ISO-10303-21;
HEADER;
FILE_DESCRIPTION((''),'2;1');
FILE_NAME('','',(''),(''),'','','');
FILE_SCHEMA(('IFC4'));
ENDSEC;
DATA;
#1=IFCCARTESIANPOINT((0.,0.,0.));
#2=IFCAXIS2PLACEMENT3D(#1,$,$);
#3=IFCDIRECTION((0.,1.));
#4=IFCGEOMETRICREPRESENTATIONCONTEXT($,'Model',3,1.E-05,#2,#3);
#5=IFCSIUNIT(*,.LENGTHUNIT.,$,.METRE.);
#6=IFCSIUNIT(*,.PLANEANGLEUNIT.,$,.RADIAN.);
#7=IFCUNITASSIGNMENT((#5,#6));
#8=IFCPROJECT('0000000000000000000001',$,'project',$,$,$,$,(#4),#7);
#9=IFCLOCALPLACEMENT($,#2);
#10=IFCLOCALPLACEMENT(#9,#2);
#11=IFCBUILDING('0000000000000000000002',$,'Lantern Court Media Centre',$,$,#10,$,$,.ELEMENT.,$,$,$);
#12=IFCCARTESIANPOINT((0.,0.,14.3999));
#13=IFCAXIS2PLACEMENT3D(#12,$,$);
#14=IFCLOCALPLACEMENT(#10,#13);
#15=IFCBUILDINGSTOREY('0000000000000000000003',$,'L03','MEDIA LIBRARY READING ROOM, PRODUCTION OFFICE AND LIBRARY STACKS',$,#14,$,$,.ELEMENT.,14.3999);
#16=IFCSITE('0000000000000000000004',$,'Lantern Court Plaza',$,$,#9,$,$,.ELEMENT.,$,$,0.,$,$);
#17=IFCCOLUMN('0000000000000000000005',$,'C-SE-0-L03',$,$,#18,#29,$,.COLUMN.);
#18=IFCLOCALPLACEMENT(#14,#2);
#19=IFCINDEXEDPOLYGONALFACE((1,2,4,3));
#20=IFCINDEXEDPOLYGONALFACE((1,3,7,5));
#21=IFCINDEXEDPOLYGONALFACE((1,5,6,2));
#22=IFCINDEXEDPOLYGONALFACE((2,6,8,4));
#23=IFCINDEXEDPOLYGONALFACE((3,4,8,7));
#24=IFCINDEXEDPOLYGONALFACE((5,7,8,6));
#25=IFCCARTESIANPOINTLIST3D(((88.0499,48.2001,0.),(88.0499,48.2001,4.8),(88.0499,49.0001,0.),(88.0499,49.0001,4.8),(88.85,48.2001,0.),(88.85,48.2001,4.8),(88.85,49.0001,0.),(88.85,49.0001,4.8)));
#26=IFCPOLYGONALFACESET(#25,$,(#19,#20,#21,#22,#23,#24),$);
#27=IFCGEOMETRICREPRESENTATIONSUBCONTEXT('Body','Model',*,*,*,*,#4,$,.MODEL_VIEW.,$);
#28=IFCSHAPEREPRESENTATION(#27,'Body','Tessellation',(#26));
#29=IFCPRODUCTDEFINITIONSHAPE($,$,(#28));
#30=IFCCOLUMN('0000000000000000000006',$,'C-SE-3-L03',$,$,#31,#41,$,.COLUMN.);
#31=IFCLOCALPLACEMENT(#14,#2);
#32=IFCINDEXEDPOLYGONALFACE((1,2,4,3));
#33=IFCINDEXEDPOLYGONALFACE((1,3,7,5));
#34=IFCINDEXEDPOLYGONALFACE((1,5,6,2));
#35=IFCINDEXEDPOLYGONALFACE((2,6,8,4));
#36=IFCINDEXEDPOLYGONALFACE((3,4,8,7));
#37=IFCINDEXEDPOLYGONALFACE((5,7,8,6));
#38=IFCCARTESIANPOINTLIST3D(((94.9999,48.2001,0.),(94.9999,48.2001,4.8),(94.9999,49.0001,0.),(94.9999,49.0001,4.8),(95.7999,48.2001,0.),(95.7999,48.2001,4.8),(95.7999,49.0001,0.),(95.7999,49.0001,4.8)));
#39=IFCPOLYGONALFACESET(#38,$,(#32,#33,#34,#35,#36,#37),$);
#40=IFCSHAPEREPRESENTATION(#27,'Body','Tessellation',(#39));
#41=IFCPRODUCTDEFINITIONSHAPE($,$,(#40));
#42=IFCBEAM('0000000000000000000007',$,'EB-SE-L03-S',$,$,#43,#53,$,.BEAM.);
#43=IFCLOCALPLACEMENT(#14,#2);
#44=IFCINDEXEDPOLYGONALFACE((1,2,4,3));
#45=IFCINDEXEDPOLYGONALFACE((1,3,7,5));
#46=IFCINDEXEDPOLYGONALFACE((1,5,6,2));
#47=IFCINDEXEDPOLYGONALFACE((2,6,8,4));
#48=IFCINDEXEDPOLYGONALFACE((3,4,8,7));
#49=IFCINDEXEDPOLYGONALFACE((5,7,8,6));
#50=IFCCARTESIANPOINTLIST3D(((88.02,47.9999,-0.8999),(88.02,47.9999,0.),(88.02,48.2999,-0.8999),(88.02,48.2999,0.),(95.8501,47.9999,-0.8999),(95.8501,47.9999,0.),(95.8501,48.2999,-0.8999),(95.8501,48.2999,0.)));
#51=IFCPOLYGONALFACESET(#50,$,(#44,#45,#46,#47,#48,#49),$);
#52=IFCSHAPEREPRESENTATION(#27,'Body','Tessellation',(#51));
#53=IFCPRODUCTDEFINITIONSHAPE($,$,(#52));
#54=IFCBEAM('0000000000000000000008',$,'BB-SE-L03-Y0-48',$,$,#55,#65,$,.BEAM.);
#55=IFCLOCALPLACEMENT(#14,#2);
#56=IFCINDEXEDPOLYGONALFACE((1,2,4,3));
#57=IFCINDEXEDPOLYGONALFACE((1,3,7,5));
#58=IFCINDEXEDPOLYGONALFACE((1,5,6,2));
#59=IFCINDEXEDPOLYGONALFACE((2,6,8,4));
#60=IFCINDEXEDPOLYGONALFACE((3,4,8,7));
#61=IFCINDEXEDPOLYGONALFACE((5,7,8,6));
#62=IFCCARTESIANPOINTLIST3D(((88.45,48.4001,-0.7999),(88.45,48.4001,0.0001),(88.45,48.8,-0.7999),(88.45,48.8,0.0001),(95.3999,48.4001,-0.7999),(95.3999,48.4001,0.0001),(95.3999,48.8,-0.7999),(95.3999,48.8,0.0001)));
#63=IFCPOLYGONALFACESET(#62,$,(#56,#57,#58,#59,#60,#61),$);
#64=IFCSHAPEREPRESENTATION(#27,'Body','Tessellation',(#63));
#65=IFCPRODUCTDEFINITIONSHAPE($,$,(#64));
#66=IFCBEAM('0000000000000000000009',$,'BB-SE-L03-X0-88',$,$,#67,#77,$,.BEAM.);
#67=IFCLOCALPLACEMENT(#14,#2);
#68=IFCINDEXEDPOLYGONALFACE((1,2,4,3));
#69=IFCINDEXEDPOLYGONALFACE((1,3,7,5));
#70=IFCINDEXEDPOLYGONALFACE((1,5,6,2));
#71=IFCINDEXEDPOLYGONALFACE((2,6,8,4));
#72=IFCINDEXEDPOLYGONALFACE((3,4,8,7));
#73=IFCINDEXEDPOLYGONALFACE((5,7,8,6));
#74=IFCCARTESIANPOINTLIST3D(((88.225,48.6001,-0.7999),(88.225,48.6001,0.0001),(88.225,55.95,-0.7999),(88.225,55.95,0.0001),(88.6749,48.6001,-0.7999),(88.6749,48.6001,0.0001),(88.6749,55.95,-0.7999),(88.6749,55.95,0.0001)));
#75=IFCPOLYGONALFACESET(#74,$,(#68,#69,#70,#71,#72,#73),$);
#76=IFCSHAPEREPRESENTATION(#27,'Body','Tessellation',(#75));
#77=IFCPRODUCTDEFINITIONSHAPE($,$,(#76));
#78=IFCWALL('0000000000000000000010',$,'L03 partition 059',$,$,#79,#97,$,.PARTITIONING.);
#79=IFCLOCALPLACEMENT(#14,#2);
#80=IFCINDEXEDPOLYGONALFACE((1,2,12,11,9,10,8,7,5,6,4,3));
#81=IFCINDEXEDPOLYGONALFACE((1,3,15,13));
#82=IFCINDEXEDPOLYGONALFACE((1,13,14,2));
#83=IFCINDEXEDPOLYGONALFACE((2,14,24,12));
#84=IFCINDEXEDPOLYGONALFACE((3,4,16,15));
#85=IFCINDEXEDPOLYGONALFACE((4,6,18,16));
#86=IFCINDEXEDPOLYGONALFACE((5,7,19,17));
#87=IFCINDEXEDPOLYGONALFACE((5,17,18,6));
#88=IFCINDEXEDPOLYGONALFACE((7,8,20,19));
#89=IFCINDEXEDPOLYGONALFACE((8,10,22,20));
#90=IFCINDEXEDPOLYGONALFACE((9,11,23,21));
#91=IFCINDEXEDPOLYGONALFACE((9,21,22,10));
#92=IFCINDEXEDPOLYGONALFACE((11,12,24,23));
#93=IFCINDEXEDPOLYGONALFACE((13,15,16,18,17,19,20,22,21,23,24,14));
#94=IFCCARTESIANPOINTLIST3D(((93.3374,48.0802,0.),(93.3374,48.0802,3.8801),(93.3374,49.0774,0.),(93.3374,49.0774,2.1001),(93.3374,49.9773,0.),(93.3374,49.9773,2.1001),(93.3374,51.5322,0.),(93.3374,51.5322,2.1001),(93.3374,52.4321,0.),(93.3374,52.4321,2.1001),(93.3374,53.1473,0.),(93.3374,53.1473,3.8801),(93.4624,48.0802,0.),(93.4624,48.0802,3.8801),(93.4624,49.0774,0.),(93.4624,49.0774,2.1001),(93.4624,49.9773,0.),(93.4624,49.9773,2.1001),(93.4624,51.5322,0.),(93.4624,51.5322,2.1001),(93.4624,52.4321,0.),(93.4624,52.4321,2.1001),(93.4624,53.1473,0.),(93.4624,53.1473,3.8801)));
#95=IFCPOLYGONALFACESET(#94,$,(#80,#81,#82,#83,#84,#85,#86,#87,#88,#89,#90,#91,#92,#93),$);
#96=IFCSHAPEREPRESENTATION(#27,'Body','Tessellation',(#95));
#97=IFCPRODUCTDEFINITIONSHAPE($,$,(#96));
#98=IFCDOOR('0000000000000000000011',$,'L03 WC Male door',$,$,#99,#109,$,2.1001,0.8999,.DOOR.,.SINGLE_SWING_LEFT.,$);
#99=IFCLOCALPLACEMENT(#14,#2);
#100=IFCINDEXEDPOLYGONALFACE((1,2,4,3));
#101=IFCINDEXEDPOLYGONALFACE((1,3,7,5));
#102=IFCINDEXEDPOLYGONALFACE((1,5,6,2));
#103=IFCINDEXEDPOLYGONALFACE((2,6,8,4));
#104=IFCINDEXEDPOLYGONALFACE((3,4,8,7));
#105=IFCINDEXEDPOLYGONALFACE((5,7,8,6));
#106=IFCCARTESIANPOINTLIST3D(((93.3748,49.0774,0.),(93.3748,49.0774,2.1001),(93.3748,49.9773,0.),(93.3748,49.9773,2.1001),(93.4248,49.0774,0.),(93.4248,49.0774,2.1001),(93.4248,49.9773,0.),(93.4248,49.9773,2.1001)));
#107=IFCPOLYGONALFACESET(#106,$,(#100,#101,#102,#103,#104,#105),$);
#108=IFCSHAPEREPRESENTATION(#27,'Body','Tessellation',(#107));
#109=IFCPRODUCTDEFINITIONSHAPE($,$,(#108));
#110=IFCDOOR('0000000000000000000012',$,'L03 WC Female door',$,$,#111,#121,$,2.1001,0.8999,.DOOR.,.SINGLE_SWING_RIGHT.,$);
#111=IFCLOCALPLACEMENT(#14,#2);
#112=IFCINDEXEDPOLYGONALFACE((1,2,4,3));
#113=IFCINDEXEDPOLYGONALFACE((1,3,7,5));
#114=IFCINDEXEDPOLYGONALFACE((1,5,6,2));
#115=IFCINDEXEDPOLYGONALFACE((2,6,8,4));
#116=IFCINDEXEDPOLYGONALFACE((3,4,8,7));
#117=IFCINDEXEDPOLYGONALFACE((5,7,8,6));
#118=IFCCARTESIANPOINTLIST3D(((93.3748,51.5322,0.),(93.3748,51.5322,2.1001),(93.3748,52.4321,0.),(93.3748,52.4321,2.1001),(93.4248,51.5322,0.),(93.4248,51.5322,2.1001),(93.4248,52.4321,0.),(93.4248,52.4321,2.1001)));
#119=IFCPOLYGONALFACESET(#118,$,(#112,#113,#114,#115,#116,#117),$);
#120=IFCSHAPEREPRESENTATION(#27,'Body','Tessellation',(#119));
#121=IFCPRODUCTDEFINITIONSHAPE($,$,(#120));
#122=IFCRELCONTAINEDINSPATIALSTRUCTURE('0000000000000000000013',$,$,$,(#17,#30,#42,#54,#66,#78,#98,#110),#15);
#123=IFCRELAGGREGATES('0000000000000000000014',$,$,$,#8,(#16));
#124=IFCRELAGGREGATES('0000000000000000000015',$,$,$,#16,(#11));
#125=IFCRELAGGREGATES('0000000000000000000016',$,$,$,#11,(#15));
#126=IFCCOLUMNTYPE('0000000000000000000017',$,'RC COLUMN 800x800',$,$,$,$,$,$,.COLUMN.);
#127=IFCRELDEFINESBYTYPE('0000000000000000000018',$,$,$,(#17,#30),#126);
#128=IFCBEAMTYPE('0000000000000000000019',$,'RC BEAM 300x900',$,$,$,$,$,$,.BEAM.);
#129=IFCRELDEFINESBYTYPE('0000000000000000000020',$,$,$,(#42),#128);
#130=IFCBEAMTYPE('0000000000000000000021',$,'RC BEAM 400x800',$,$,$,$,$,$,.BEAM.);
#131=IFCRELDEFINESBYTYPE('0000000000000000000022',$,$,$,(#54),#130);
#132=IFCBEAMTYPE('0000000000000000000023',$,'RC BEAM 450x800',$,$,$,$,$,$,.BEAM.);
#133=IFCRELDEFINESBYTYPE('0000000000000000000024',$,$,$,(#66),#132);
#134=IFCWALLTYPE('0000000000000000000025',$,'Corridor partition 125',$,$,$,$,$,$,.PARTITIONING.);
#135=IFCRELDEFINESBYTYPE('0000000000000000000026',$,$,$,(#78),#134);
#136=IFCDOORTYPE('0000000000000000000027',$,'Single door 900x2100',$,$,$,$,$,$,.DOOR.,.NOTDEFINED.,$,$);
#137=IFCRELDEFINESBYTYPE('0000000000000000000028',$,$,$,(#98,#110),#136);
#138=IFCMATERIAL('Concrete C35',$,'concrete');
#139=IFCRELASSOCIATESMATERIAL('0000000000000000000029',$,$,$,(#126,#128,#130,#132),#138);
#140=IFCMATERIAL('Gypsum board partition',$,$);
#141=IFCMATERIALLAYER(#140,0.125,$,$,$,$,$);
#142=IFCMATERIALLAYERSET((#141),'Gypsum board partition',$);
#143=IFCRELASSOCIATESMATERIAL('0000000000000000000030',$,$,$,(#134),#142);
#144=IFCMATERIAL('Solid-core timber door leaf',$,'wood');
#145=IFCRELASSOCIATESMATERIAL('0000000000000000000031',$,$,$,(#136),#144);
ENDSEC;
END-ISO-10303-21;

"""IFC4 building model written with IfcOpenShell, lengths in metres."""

from ifc_helpers import new_model, si_unit, direction, frame, frame_2d, origin, origin_2d, place, context, subcontext, project, spatial, rectangle, extrude, material, layer, layer_set, material_profile, profile_set, type_object, element, fill, save


model = new_model("IFC4")

# Units and contexts
model_context = context("Model", 3, precision=1e-05, world=origin(), true_north=direction((0.0, 1.0)))
body_context = subcontext(model_context, "Body", "Model", "MODEL_VIEW")
ifc_project = project(units=[si_unit("LENGTHUNIT", "METRE"), si_unit("PLANEANGLEUNIT", "RADIAN")], contexts=[model_context])

# Site, building, storey
site_placement = place(None, origin())
site = spatial("IfcSite", under=ifc_project, at=site_placement, Name="Lantern Court Plaza", CompositionType="ELEMENT", RefElevation=0.0)
building_placement = place(site_placement, origin())
building = spatial("IfcBuilding", under=site, at=building_placement, Name="Lantern Court Media Centre", CompositionType="ELEMENT")
storey_placement = place(building_placement, frame((0.0, 0.0, 14.3999)))
storey = spatial("IfcBuildingStorey", under=building, at=storey_placement, Name="L03", Description="MEDIA LIBRARY READING ROOM, PRODUCTION OFFICE AND LIBRARY STACKS", CompositionType="ELEMENT", Elevation=14.3999)

# Columns
ifc_material_1 = material(Name="Concrete C35", Category="concrete")
ifc_material_profile_1 = material_profile(ifc_material_1, rectangle(XDim=0.8, YDim=0.8, at=origin_2d()), Name="RC 800x800")
ifc_profile_set_1 = profile_set([ifc_material_profile_1], Name="Concrete C35")
column_type = type_object("IfcColumnType", Name="RC COLUMN 800x800", PredefinedType="COLUMN", material=ifc_profile_set_1)
for number, where, z_axis, x_axis, name in (
    (1, (88.45, 48.6001, 0.0), (0.0, 0.0, 1.0), (1.0, 0.0, 0.0), "C-SE-0-L03"),
    (2, (95.3999, 48.6001, 0.0), (0.0, 0.0, 1.0), (1.0, 0.0, 0.0), "C-SE-3-L03"),
):
    element("IfcColumn", number, at=place(storey_placement, frame(where, z_axis=z_axis, x_axis=x_axis)), inside=storey, type_object=column_type, Name=name, PredefinedType="COLUMN", context=body_context, shape_type="SweptSolid", body=[
        extrude(rectangle(XDim=0.8, YDim=0.8, at=origin_2d()), origin(), (0.0, 0.0, 1.0), 4.8),
    ])

# Beams
ifc_material_profile_2 = material_profile(ifc_material_1, rectangle(XDim=0.3, YDim=0.8999, at=origin_2d()), Name="RC 300x900")
ifc_profile_set_2 = profile_set([ifc_material_profile_2], Name="Concrete C35")
beam_type_1 = type_object("IfcBeamType", Name="RC BEAM 300x900", PredefinedType="BEAM", material=ifc_profile_set_2)
beam_1_placement = place(storey_placement, frame((88.02, 48.1499, -0.45), z_axis=(1.0, 0.0, 0.0), x_axis=(0.0, 1.0, 0.0)))
element("IfcBeam", 3, at=beam_1_placement, inside=storey, type_object=beam_type_1, Name="EB-SE-L03-S", PredefinedType="BEAM", context=body_context, shape_type="SweptSolid", body=[
    extrude(rectangle(XDim=0.3, YDim=0.8999, at=origin_2d()), origin(), (0.0, 0.0, 1.0), 7.8301),
])
ifc_material_profile_3 = material_profile(ifc_material_1, rectangle(XDim=0.3999, YDim=0.8, at=origin_2d()), Name="RC 400x800")
ifc_profile_set_3 = profile_set([ifc_material_profile_3], Name="Concrete C35")
beam_type_2 = type_object("IfcBeamType", Name="RC BEAM 400x800", PredefinedType="BEAM", material=ifc_profile_set_3)
beam_2_placement = place(storey_placement, frame((88.45, 48.6001, -0.3999), z_axis=(1.0, 0.0, 0.0), x_axis=(0.0, 1.0, 0.0)))
element("IfcBeam", 4, at=beam_2_placement, inside=storey, type_object=beam_type_2, Name="BB-SE-L03-Y0-48", PredefinedType="BEAM", context=body_context, shape_type="SweptSolid", body=[
    extrude(rectangle(XDim=0.3999, YDim=0.8, at=origin_2d()), origin(), (0.0, 0.0, 1.0), 6.95),
])
ifc_material_profile_4 = material_profile(ifc_material_1, rectangle(XDim=0.45, YDim=0.8, at=origin_2d()), Name="RC 450x800")
ifc_profile_set_4 = profile_set([ifc_material_profile_4], Name="Concrete C35")
beam_type_3 = type_object("IfcBeamType", Name="RC BEAM 450x800", PredefinedType="BEAM", material=ifc_profile_set_4)
beam_3_placement = place(storey_placement, frame((88.45, 48.6001, -0.3999), z_axis=(0.0, 1.0, 0.0), x_axis=(-1.0, 0.0, 0.0)))
element("IfcBeam", 5, at=beam_3_placement, inside=storey, type_object=beam_type_3, Name="BB-SE-L03-X0-88", PredefinedType="BEAM", context=body_context, shape_type="SweptSolid", body=[
    extrude(rectangle(XDim=0.45, YDim=0.8, at=origin_2d()), origin(), (0.0, 0.0, 1.0), 7.3499),
])

# Wall, openings, doors
ifc_material_2 = material(Name="Gypsum board partition")
ifc_layer_1 = layer(ifc_material_2, 0.125)
ifc_layer_set_1 = layer_set([ifc_layer_1], Name="Gypsum board partition")
wall_type_1 = type_object("IfcWallType", Name="Corridor partition 125", PredefinedType="PARTITIONING", material=ifc_layer_set_1)
wall_1_placement = place(storey_placement, frame((93.3999, 48.0801, 0.0), z_axis=(0.0, 0.0, 1.0), x_axis=(0.0, 1.0, 0.0)))
wall_1 = element("IfcWall", 6, at=wall_1_placement, inside=storey, type_object=wall_type_1, Name="L03 partition 059", PredefinedType="PARTITIONING", context=body_context, shape_type="SweptSolid", body=[
    extrude(rectangle(XDim=5.0671, YDim=0.125, at=frame_2d((2.5337, 0.0))), origin(), (0.0, 0.0, 1.0), 3.8801),
])
opening_1_placement = place(wall_1_placement, frame((0.9973, 0.0, 0.0)))
opening_1 = element("IfcOpeningElement", 7, at=opening_1_placement, cuts=wall_1, PredefinedType="OPENING", context=body_context, shape_type="SweptSolid", body=[
    extrude(rectangle(XDim=0.8999, YDim=2.1001, at=frame_2d((0.45, 1.05))), frame((0.0, 0.0725, 0.0), z_axis=(0.0, -1.0, 0.0), x_axis=(1.0, 0.0, 0.0)), (0.0, 0.0, 1.0), 0.145),
])
opening_2_placement = place(wall_1_placement, frame((3.4521, 0.0, 0.0)))
opening_2 = element("IfcOpeningElement", 8, at=opening_2_placement, cuts=wall_1, PredefinedType="OPENING", context=body_context, shape_type="SweptSolid", body=[
    extrude(rectangle(XDim=0.8999, YDim=2.1001, at=frame_2d((0.45, 1.05))), frame((0.0, 0.0725, 0.0), z_axis=(0.0, -1.0, 0.0), x_axis=(1.0, 0.0, 0.0)), (0.0, 0.0, 1.0), 0.145),
])
ifc_material_3 = material(Name="Solid-core timber door leaf", Category="wood")
door_type_1 = type_object("IfcDoorType", Name="Single door 900x2100", OperationType="NOTDEFINED", PredefinedType="DOOR", material=ifc_material_3)
door_1_placement = place(opening_1_placement, frame((0.8999, 0.0, 0.0), z_axis=(0.0, 0.0, 1.0), x_axis=(-1.0, 0.0, 0.0)))
door_1 = element("IfcDoor", 9, at=door_1_placement, inside=storey, type_object=door_type_1, Name="L03 WC Male door", OperationType="SINGLE_SWING_LEFT", OverallHeight=2.1001, OverallWidth=0.8999, PredefinedType="DOOR", context=body_context, shape_type="SweptSolid", body=[
    extrude(rectangle(XDim=0.8999, YDim=2.1001, at=frame_2d((0.45, 1.05))), frame((0.0, 0.0249, 0.0), z_axis=(0.0, -1.0, 0.0), x_axis=(1.0, 0.0, 0.0)), (0.0, 0.0, 1.0), 0.05),
])
fill(opening_1, door_1)
door_2_placement = place(opening_2_placement, frame((0.8999, 0.0, 0.0), z_axis=(0.0, 0.0, 1.0), x_axis=(-1.0, 0.0, 0.0)))
door_2 = element("IfcDoor", 10, at=door_2_placement, inside=storey, type_object=door_type_1, Name="L03 WC Female door", OperationType="SINGLE_SWING_RIGHT", OverallHeight=2.1001, OverallWidth=0.8999, PredefinedType="DOOR", context=body_context, shape_type="SweptSolid", body=[
    extrude(rectangle(XDim=0.8999, YDim=2.1001, at=frame_2d((0.45, 1.05))), frame((0.0, 0.0249, 0.0), z_axis=(0.0, -1.0, 0.0), x_axis=(1.0, 0.0, 0.0)), (0.0, 0.0, 1.0), 0.05),
])
fill(opening_2, door_2)

save(model, "model.ifc")
